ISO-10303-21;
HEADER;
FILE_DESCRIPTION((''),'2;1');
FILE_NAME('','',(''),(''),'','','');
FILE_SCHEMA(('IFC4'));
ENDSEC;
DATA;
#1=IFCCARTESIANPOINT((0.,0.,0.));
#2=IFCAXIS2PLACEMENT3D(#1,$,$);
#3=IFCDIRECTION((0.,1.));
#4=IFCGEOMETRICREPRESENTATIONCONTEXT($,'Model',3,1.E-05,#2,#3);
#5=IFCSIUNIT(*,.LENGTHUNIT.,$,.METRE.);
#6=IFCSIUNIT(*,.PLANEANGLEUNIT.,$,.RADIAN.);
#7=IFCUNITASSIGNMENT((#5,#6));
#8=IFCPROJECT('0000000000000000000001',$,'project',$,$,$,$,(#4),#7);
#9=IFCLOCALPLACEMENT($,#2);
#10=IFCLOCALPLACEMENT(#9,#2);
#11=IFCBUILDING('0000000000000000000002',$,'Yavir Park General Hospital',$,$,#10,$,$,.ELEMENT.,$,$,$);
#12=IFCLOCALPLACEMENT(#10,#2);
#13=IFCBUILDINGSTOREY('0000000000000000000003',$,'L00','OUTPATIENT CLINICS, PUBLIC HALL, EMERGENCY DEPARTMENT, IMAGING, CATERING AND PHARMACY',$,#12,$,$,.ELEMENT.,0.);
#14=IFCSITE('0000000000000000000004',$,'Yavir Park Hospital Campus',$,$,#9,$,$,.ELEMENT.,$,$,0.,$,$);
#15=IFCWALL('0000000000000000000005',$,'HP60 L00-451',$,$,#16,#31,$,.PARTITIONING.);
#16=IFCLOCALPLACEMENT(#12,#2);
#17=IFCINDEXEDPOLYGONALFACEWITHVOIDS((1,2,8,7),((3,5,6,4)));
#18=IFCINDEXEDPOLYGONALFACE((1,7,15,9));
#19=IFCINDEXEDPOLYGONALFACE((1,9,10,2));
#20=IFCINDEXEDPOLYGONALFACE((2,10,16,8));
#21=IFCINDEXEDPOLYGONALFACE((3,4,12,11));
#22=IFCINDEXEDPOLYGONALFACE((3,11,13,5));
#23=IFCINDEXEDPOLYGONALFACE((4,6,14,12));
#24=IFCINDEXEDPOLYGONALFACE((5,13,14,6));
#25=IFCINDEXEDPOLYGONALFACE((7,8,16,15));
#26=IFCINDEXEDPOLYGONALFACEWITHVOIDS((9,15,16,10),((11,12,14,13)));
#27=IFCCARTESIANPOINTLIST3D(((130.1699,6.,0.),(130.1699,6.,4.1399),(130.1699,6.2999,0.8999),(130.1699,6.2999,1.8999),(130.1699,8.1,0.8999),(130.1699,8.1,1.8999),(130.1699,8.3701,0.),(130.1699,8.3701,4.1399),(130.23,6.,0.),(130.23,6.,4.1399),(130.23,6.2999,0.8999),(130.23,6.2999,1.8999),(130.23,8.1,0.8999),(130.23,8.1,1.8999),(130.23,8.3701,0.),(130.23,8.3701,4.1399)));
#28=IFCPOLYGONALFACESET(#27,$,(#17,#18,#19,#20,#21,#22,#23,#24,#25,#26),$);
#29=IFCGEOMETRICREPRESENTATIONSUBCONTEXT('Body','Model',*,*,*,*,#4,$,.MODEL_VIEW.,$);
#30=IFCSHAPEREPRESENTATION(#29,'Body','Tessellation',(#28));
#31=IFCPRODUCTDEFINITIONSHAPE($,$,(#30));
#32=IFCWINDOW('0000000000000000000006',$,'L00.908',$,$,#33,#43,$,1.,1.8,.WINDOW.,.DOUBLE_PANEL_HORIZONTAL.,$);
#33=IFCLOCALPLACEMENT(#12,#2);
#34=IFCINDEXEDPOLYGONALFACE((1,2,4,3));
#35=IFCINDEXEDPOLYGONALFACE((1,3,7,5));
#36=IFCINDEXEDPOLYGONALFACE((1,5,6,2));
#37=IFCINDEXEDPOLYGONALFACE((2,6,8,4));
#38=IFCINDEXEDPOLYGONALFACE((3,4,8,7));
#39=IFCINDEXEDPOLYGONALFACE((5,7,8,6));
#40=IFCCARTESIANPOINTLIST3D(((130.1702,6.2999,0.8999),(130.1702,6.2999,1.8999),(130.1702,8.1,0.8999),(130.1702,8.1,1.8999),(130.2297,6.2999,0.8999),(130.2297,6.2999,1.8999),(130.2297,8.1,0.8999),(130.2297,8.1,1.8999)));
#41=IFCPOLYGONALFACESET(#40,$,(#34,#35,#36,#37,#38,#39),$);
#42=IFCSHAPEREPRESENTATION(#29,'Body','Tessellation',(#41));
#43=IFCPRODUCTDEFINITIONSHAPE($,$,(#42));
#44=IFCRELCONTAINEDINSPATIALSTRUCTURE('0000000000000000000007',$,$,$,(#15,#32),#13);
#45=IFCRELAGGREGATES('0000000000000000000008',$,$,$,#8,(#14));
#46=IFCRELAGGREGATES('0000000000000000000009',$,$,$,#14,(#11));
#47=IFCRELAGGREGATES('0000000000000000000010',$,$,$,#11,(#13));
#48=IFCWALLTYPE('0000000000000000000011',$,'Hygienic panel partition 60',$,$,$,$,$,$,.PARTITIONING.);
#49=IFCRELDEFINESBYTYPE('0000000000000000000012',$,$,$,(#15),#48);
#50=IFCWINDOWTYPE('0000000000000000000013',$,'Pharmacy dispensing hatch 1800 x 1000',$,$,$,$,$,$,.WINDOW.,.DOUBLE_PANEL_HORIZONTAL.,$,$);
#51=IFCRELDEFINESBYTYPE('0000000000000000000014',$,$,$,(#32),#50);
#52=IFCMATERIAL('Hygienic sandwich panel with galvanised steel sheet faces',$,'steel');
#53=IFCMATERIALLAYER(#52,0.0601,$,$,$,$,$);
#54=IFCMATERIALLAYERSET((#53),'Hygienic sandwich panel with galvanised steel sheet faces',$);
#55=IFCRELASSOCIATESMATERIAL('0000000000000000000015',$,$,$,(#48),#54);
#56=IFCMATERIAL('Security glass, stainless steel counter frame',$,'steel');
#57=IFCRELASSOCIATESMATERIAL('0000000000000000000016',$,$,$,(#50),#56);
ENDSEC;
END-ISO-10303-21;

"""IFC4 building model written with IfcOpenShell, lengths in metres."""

from ifc_helpers import new_model, si_unit, direction, frame, frame_2d, origin, place, context, subcontext, project, spatial, rectangle, extrude, material, layer, layer_set, type_object, element, fill, save


model = new_model("IFC4")

# Units and contexts
model_context = context("Model", 3, precision=1e-05, world=origin(), true_north=direction((0.0, 1.0)))
body_context = subcontext(model_context, "Body", "Model", "MODEL_VIEW")
ifc_project = project(units=[si_unit("LENGTHUNIT", "METRE"), si_unit("PLANEANGLEUNIT", "RADIAN")], contexts=[model_context])

# Site, building, storey
site_placement = place(None, origin())
site = spatial("IfcSite", under=ifc_project, at=site_placement, Name="Yavir Park Hospital Campus", CompositionType="ELEMENT", RefElevation=0.0)
building_placement = place(site_placement, origin())
building = spatial("IfcBuilding", under=site, at=building_placement, Name="Yavir Park General Hospital", CompositionType="ELEMENT")
storey_placement = place(building_placement, origin())
storey = spatial("IfcBuildingStorey", under=building, at=storey_placement, Name="L00", Description="OUTPATIENT CLINICS, PUBLIC HALL, EMERGENCY DEPARTMENT, IMAGING, CATERING AND PHARMACY", CompositionType="ELEMENT", Elevation=0.0)

# Shared definitions
ifc_material_1 = material(Name="Hygienic sandwich panel with galvanised steel sheet faces", Category="steel")
ifc_layer_1 = layer(ifc_material_1, 0.0601)
ifc_layer_set_1 = layer_set([ifc_layer_1], Name="Hygienic sandwich panel with galvanised steel sheet faces")
wall_type_1 = type_object("IfcWallType", Name="Hygienic panel partition 60", PredefinedType="PARTITIONING", material=ifc_layer_set_1)

# Wall, opening, window
wall_1_placement = place(storey_placement, frame((130.2, 6.0, 0.0), z_axis=(0.0, 0.0, 1.0), x_axis=(0.0, 1.0, 0.0)))
wall_1 = element("IfcWall", 1, at=wall_1_placement, inside=storey, type_object=wall_type_1, Name="HP60 L00-451", PredefinedType="PARTITIONING", context=body_context, shape_type="SweptSolid", body=[
    extrude(rectangle(XDim=2.3701, YDim=0.0601, at=frame_2d((1.1851, 0.0))), origin(), (0.0, 0.0, 1.0), 4.1399),
])
opening_1_placement = place(wall_1_placement, frame((0.3, 0.0, 0.8999)))
opening_1 = element("IfcOpeningElement", 2, at=opening_1_placement, cuts=wall_1, PredefinedType="OPENING", context=body_context, shape_type="SweptSolid", body=[
    extrude(rectangle(XDim=1.8, YDim=1.0, at=frame_2d((0.8999, 0.5))), frame((0.0, 0.04, 0.0), z_axis=(0.0, -1.0, 0.0), x_axis=(1.0, 0.0, 0.0)), (0.0, 0.0, 1.0), 0.0801),
])
ifc_material_2 = material(Name="Security glass, stainless steel counter frame", Category="steel")
window_type = type_object("IfcWindowType", Name="Pharmacy dispensing hatch 1800 x 1000", PartitioningType="DOUBLE_PANEL_HORIZONTAL", PredefinedType="WINDOW", material=ifc_material_2)
window_placement = place(opening_1_placement, origin())
window = element("IfcWindow", 3, at=window_placement, inside=storey, type_object=window_type, Name="L00.908", OverallHeight=1.0, OverallWidth=1.8, PartitioningType="DOUBLE_PANEL_HORIZONTAL", PredefinedType="WINDOW", context=body_context, shape_type="SweptSolid", body=[
    extrude(rectangle(XDim=1.8, YDim=1.0, at=frame_2d((0.8999, 0.5))), frame((0.0, 0.0298, 0.0), z_axis=(0.0, -1.0, 0.0), x_axis=(1.0, 0.0, 0.0)), (0.0, 0.0, 1.0), 0.0596),
])
fill(opening_1, window)

save(model, "model.ifc")
